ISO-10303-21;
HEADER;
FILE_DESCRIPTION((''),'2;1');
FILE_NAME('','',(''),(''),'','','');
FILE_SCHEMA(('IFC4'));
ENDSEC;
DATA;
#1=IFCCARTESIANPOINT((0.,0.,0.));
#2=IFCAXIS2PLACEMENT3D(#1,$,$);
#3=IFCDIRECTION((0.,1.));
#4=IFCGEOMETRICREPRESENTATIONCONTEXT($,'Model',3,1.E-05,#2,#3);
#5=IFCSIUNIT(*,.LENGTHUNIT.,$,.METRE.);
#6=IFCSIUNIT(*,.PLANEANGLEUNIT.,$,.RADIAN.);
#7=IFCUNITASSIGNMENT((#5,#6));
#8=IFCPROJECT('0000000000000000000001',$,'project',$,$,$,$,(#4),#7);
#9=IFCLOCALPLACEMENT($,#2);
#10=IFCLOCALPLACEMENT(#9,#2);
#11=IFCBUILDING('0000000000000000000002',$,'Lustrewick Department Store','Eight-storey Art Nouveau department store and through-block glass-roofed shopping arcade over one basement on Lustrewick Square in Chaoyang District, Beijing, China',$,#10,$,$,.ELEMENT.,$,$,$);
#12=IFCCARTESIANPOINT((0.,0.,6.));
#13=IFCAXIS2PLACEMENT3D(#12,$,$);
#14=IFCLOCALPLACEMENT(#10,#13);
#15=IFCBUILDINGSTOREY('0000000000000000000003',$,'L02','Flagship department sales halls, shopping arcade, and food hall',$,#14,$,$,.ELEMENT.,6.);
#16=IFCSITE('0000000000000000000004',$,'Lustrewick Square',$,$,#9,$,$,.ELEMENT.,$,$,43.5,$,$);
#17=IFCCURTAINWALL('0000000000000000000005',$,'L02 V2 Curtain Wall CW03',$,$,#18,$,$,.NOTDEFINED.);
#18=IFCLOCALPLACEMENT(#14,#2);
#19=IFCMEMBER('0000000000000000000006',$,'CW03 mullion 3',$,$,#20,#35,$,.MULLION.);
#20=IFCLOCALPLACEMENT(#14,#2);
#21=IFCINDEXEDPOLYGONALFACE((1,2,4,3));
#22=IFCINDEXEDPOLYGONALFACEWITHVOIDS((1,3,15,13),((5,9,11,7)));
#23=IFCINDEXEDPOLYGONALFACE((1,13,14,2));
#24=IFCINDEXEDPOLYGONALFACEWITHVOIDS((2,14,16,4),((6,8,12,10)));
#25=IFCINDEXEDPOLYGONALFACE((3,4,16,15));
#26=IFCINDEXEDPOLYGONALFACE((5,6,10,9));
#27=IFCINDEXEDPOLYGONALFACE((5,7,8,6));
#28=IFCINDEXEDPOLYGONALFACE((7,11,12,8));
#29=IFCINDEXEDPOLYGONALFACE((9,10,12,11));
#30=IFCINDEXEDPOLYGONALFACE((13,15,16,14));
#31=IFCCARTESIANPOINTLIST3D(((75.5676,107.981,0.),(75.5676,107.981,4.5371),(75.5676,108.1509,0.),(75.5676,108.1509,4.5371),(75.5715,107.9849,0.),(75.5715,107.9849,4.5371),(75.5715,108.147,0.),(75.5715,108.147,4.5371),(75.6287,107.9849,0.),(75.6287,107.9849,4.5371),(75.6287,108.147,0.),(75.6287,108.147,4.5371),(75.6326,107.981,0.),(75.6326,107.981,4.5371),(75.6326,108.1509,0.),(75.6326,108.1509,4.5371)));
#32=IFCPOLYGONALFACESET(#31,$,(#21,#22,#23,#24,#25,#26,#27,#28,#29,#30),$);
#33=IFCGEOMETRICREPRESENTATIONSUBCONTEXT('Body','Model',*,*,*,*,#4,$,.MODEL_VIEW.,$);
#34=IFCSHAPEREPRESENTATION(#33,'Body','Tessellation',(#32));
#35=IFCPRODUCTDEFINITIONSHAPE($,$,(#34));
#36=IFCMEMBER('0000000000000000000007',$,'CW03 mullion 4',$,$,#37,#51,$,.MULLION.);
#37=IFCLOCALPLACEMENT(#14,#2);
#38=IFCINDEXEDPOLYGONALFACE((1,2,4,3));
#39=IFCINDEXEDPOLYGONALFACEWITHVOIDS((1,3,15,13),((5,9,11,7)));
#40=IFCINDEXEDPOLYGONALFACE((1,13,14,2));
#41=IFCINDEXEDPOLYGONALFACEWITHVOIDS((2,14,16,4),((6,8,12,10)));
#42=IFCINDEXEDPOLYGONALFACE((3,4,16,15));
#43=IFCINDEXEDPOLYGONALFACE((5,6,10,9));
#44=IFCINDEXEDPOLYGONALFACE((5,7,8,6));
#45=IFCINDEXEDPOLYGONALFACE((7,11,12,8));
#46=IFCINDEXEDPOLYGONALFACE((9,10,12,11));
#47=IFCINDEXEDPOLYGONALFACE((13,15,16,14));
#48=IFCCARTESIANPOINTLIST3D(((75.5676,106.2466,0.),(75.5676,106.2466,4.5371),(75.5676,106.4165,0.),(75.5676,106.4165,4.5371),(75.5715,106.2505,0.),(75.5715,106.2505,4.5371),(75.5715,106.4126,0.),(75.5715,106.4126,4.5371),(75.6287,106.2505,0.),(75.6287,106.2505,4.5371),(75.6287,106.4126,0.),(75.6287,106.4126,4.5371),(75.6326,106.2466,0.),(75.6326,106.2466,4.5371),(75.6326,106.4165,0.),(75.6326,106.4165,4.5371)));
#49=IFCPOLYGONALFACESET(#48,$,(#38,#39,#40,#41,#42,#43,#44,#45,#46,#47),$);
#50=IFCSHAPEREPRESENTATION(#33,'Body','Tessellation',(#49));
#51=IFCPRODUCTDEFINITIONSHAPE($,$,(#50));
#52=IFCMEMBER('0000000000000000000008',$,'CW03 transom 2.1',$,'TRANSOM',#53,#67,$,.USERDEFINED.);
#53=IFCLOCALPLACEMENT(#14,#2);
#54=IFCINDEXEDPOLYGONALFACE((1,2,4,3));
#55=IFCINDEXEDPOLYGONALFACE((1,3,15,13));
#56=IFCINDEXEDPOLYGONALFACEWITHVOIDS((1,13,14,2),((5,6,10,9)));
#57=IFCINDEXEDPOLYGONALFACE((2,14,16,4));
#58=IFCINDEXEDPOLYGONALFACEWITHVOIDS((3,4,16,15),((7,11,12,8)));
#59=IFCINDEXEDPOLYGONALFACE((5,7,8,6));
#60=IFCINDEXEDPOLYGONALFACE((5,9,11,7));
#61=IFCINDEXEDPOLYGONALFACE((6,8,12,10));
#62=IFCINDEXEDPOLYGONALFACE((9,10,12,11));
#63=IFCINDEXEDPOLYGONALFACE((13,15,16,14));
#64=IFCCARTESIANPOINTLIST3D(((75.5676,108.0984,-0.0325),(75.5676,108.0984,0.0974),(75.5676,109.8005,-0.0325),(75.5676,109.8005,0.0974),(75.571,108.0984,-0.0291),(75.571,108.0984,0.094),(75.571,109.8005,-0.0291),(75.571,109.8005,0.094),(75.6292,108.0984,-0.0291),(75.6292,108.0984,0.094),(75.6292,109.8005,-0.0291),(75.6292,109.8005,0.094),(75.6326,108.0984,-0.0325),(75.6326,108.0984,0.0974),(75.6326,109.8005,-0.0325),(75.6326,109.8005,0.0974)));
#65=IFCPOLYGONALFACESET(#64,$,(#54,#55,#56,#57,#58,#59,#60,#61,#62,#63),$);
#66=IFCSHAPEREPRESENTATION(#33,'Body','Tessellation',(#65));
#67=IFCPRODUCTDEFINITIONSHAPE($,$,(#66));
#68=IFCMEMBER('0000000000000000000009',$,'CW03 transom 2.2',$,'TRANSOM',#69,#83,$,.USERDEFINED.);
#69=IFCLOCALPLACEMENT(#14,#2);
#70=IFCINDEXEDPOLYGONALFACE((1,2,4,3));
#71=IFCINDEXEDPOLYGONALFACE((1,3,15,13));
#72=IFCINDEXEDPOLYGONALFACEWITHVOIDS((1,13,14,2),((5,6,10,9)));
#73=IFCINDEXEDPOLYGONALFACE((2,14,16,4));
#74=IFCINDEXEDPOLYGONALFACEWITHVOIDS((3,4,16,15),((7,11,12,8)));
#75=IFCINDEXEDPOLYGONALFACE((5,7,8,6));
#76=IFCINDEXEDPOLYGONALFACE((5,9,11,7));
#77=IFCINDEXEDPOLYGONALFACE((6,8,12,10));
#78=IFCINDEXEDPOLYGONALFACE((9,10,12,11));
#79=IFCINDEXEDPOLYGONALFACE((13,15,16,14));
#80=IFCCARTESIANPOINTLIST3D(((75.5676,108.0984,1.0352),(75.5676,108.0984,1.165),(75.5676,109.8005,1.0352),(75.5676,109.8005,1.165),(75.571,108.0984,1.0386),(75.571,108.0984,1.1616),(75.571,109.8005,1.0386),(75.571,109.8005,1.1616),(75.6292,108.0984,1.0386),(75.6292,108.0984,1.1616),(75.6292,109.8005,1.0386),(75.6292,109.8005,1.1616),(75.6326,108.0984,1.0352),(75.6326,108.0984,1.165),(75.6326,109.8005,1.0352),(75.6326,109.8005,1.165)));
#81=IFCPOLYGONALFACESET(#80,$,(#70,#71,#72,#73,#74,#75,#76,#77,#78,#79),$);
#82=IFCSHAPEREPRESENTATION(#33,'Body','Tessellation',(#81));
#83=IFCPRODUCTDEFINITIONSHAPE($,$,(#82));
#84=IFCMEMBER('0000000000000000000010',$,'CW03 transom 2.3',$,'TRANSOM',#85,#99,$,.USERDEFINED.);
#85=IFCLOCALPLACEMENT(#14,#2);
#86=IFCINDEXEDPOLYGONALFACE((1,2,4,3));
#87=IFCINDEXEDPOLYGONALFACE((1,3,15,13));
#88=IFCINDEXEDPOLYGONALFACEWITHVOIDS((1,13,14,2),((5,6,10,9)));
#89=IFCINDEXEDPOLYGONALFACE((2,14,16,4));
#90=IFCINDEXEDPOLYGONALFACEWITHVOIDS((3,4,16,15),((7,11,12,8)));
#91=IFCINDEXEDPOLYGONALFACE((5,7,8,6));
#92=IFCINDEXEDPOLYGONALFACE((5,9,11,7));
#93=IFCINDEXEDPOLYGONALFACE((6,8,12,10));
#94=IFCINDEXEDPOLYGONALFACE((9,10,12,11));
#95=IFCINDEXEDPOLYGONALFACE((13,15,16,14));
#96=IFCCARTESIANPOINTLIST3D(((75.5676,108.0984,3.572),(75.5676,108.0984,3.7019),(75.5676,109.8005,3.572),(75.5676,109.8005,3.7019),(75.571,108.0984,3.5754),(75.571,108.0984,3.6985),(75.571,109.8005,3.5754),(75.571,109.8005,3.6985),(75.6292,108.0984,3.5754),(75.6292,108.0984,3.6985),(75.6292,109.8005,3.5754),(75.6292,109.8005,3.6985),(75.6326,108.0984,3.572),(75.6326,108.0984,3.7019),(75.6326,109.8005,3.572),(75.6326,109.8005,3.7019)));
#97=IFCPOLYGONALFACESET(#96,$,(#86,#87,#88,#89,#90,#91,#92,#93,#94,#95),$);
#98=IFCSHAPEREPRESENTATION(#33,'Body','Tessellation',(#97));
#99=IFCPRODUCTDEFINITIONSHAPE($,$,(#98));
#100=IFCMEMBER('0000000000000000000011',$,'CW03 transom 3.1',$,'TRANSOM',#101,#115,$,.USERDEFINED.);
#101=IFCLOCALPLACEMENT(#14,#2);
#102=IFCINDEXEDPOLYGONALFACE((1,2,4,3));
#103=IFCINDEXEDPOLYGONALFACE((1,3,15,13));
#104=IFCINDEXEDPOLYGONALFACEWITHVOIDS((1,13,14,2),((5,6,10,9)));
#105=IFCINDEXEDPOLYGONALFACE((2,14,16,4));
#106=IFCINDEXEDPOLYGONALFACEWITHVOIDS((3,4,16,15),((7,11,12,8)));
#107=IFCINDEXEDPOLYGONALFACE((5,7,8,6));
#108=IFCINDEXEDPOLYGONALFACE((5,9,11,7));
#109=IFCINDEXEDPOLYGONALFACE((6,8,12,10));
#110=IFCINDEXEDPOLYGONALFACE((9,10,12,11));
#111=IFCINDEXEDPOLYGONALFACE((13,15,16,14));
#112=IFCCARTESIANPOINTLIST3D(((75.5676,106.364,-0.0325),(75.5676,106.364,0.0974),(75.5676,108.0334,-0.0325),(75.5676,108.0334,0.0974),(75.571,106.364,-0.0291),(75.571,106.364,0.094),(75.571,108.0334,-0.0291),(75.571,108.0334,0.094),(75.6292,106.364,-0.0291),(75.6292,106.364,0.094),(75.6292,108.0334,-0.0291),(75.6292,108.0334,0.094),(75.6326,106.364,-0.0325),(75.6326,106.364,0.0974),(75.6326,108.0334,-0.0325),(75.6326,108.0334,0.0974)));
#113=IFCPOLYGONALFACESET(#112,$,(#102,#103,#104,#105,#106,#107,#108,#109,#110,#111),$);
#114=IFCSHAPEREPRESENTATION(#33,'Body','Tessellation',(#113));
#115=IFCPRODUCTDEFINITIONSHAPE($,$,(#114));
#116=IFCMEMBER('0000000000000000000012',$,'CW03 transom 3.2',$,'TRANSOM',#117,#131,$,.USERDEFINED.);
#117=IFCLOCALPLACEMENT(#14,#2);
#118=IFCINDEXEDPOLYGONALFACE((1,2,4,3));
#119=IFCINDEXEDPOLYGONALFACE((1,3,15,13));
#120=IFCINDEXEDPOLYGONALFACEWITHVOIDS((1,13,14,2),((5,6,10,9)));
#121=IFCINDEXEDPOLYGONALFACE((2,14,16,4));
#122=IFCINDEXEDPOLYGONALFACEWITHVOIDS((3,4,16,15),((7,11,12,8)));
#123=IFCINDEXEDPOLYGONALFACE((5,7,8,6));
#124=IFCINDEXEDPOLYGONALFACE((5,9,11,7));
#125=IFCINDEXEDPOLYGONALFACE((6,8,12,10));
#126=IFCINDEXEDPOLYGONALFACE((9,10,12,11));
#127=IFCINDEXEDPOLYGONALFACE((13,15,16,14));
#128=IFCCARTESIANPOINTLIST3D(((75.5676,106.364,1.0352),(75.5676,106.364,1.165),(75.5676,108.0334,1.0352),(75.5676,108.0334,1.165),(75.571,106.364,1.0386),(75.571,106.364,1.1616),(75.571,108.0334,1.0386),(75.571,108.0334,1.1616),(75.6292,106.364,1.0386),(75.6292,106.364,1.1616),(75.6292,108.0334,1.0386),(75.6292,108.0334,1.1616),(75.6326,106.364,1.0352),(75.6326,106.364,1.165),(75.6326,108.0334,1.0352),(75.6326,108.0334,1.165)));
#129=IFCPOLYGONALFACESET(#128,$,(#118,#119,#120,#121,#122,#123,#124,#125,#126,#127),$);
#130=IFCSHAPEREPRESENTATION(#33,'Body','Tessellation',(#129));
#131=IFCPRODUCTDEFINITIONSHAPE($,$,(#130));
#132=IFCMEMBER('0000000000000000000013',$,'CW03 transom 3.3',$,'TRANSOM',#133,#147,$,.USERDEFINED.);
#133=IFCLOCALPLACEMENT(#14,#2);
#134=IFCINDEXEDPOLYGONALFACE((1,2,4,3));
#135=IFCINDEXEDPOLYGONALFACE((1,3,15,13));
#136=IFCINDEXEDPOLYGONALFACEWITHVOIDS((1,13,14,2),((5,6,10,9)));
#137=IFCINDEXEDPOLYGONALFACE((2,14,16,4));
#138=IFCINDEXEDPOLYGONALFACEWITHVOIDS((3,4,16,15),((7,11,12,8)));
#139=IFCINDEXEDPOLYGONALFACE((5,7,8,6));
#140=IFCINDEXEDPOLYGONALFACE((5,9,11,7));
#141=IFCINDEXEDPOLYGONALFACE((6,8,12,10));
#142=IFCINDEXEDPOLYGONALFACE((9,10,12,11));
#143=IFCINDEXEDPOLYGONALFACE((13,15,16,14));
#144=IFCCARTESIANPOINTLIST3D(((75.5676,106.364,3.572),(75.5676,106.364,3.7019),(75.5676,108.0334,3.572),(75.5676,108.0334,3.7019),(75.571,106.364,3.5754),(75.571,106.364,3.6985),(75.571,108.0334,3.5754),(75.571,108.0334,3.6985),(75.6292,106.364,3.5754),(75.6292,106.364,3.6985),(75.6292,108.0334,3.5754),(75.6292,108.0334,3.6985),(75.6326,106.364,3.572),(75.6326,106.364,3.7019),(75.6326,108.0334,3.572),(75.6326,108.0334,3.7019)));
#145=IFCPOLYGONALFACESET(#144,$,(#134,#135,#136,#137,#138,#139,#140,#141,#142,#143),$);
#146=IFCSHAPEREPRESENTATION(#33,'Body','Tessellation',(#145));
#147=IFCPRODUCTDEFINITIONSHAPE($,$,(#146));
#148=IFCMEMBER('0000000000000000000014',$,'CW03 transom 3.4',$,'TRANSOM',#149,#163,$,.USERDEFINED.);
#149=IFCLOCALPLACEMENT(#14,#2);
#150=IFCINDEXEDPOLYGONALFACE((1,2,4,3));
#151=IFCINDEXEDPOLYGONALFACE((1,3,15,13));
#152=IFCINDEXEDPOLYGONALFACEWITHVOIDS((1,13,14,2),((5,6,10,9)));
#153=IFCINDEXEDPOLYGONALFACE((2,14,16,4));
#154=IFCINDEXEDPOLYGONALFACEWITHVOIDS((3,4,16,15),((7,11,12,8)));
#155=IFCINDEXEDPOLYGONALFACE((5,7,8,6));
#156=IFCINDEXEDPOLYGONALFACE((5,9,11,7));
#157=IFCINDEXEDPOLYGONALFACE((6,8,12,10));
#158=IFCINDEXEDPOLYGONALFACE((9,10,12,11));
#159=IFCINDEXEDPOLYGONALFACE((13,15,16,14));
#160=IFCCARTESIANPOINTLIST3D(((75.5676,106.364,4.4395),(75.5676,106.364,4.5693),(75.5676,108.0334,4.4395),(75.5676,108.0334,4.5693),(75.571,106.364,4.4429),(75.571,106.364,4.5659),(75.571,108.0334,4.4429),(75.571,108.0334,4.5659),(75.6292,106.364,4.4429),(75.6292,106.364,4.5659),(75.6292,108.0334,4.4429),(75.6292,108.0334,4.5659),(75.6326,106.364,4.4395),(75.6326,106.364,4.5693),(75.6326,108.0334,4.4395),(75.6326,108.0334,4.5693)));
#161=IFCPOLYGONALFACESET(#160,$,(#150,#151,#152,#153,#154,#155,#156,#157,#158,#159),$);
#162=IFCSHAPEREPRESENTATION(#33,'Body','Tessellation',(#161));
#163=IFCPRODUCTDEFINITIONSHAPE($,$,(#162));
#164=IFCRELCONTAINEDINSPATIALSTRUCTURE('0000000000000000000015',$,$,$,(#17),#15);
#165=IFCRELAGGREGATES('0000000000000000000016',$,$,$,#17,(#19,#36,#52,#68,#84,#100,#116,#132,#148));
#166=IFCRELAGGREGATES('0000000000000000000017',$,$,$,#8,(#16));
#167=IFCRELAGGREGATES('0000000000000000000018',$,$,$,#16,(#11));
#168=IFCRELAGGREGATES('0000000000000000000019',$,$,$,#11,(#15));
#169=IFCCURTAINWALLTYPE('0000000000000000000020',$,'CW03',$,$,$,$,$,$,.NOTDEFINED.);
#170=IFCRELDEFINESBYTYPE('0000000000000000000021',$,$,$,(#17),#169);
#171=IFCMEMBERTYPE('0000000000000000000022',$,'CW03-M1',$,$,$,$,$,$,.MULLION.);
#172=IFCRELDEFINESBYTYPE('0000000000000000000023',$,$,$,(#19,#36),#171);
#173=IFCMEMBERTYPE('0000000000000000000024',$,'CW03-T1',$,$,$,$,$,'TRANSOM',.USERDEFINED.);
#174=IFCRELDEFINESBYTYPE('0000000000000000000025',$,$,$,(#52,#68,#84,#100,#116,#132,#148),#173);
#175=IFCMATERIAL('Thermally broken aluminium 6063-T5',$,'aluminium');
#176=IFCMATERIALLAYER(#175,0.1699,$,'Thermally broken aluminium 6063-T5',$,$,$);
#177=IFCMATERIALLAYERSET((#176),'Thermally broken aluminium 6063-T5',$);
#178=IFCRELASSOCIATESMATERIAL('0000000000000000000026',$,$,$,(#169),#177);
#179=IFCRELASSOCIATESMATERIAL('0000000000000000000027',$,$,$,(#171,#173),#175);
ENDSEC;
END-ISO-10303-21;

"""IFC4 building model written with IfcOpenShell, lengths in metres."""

from ifc_helpers import new_model, si_unit, direction, frame, origin, origin_2d, place, context, subcontext, project, spatial, hollow_rectangle, extrude, material, layer, layer_set, material_profile, profile_set, type_object, element, aggregate, save


model = new_model("IFC4")

# Units and contexts
model_context = context("Model", 3, precision=1e-05, world=origin(), true_north=direction((0.0, 1.0)))
body_context = subcontext(model_context, "Body", "Model", "MODEL_VIEW")
ifc_project = project(units=[si_unit("LENGTHUNIT", "METRE"), si_unit("PLANEANGLEUNIT", "RADIAN")], contexts=[model_context])

# Site, building, storey
site_placement = place(None, origin())
site = spatial("IfcSite", under=ifc_project, at=site_placement, Name="Lustrewick Square", CompositionType="ELEMENT", RefElevation=43.5)
building_placement = place(site_placement, origin())
building = spatial("IfcBuilding", under=site, at=building_placement, Name="Lustrewick Department Store", Description="Eight-storey Art Nouveau department store and through-block glass-roofed shopping arcade over one basement on Lustrewick Square in Chaoyang District, Beijing, China", CompositionType="ELEMENT")
storey_placement = place(building_placement, frame((0.0, 0.0, 6.0)))
storey = spatial("IfcBuildingStorey", under=building, at=storey_placement, Name="L02", Description="Flagship department sales halls, shopping arcade, and food hall", CompositionType="ELEMENT", Elevation=6.0)

# Curtain wall, members
ifc_material_1 = material(Name="Thermally broken aluminium 6063-T5", Category="aluminium")
ifc_layer_1 = layer(ifc_material_1, 0.1699, Name="Thermally broken aluminium 6063-T5")
ifc_layer_set_1 = layer_set([ifc_layer_1], Name="Thermally broken aluminium 6063-T5")
curtain_wall_type = type_object("IfcCurtainWallType", Name="CW03", PredefinedType="NOTDEFINED", material=ifc_layer_set_1)
curtain_wall_placement = place(storey_placement, origin())
curtain_wall = element("IfcCurtainWall", 1, at=curtain_wall_placement, inside=storey, type_object=curtain_wall_type, Name="L02 V2 Curtain Wall CW03", PredefinedType="NOTDEFINED")
ifc_material_profile_1 = material_profile(ifc_material_1, hollow_rectangle(XDim=0.0649, YDim=0.1699, WallThickness=0.0039, at=origin_2d()), Name="ALU-M 65x170x4")
ifc_profile_set_1 = profile_set([ifc_material_profile_1], Name="Thermally broken aluminium 6063-T5")
member_type_1 = type_object("IfcMemberType", Name="CW03-M1", PredefinedType="MULLION", material=ifc_profile_set_1)
member_1_placement = place(storey_placement, frame((75.6001, 108.0659, 0.0), z_axis=(0.0, 0.0, 1.0), x_axis=(1.0, 0.0, 0.0)))
member_1 = element("IfcMember", 2, at=member_1_placement, type_object=member_type_1, Name="CW03 mullion 3", PredefinedType="MULLION", context=body_context, shape_type="SweptSolid", body=[
    extrude(hollow_rectangle(XDim=0.0649, YDim=0.1699, WallThickness=0.0039, at=origin_2d()), origin(), (0.0, 0.0, 1.0), 4.5371),
])
member_2_placement = place(storey_placement, frame((75.6001, 106.3315, 0.0), z_axis=(0.0, 0.0, 1.0), x_axis=(1.0, 0.0, 0.0)))
member_2 = element("IfcMember", 3, at=member_2_placement, type_object=member_type_1, Name="CW03 mullion 4", PredefinedType="MULLION", context=body_context, shape_type="SweptSolid", body=[
    extrude(hollow_rectangle(XDim=0.0649, YDim=0.1699, WallThickness=0.0039, at=origin_2d()), origin(), (0.0, 0.0, 1.0), 4.5371),
])
ifc_material_profile_2 = material_profile(ifc_material_1, hollow_rectangle(XDim=0.0649, YDim=0.1299, WallThickness=0.0034, at=origin_2d()), Name="ALU-T 65x130x3.5")
ifc_profile_set_2 = profile_set([ifc_material_profile_2], Name="Thermally broken aluminium 6063-T5")
member_type_2 = type_object("IfcMemberType", Name="CW03-T1", ElementType="TRANSOM", PredefinedType="USERDEFINED", material=ifc_profile_set_2)
member_3_placement = place(storey_placement, frame((75.6001, 109.8005, 0.0325), z_axis=(0.0, -1.0, 0.0), x_axis=(1.0, 0.0, 0.0)))
member_3 = element("IfcMember", 4, at=member_3_placement, type_object=member_type_2, Name="CW03 transom 2.1", ObjectType="TRANSOM", PredefinedType="USERDEFINED", context=body_context, shape_type="SweptSolid", body=[
    extrude(hollow_rectangle(XDim=0.0649, YDim=0.1299, WallThickness=0.0034, at=origin_2d()), origin(), (0.0, 0.0, 1.0), 1.7021),
])
member_4_placement = place(storey_placement, frame((75.6001, 109.8005, 1.1001), z_axis=(0.0, -1.0, 0.0), x_axis=(1.0, 0.0, 0.0)))
member_4 = element("IfcMember", 5, at=member_4_placement, type_object=member_type_2, Name="CW03 transom 2.2", ObjectType="TRANSOM", PredefinedType="USERDEFINED", context=body_context, shape_type="SweptSolid", body=[
    extrude(hollow_rectangle(XDim=0.0649, YDim=0.1299, WallThickness=0.0034, at=origin_2d()), origin(), (0.0, 0.0, 1.0), 1.7021),
])
member_5_placement = place(storey_placement, frame((75.6001, 109.8005, 3.637), z_axis=(0.0, -1.0, 0.0), x_axis=(1.0, 0.0, 0.0)))
member_5 = element("IfcMember", 6, at=member_5_placement, type_object=member_type_2, Name="CW03 transom 2.3", ObjectType="TRANSOM", PredefinedType="USERDEFINED", context=body_context, shape_type="SweptSolid", body=[
    extrude(hollow_rectangle(XDim=0.0649, YDim=0.1299, WallThickness=0.0034, at=origin_2d()), origin(), (0.0, 0.0, 1.0), 1.7021),
])
member_6_placement = place(storey_placement, frame((75.6001, 108.0334, 0.0325), z_axis=(0.0, -1.0, 0.0), x_axis=(1.0, 0.0, 0.0)))
member_6 = element("IfcMember", 7, at=member_6_placement, type_object=member_type_2, Name="CW03 transom 3.1", ObjectType="TRANSOM", PredefinedType="USERDEFINED", context=body_context, shape_type="SweptSolid", body=[
    extrude(hollow_rectangle(XDim=0.0649, YDim=0.1299, WallThickness=0.0034, at=origin_2d()), origin(), (0.0, 0.0, 1.0), 1.6694),
])
member_7_placement = place(storey_placement, frame((75.6001, 108.0334, 1.1001), z_axis=(0.0, -1.0, 0.0), x_axis=(1.0, 0.0, 0.0)))
member_7 = element("IfcMember", 8, at=member_7_placement, type_object=member_type_2, Name="CW03 transom 3.2", ObjectType="TRANSOM", PredefinedType="USERDEFINED", context=body_context, shape_type="SweptSolid", body=[
    extrude(hollow_rectangle(XDim=0.0649, YDim=0.1299, WallThickness=0.0034, at=origin_2d()), origin(), (0.0, 0.0, 1.0), 1.6694),
])
member_8_placement = place(storey_placement, frame((75.6001, 108.0334, 3.637), z_axis=(0.0, -1.0, 0.0), x_axis=(1.0, 0.0, 0.0)))
member_8 = element("IfcMember", 9, at=member_8_placement, type_object=member_type_2, Name="CW03 transom 3.3", ObjectType="TRANSOM", PredefinedType="USERDEFINED", context=body_context, shape_type="SweptSolid", body=[
    extrude(hollow_rectangle(XDim=0.0649, YDim=0.1299, WallThickness=0.0034, at=origin_2d()), origin(), (0.0, 0.0, 1.0), 1.6694),
])
member_9_placement = place(storey_placement, frame((75.6001, 108.0334, 4.5044), z_axis=(0.0, -1.0, 0.0), x_axis=(1.0, 0.0, 0.0)))
member_9 = element("IfcMember", 10, at=member_9_placement, type_object=member_type_2, Name="CW03 transom 3.4", ObjectType="TRANSOM", PredefinedType="USERDEFINED", context=body_context, shape_type="SweptSolid", body=[
    extrude(hollow_rectangle(XDim=0.0649, YDim=0.1299, WallThickness=0.0034, at=origin_2d()), origin(), (0.0, 0.0, 1.0), 1.6694),
])

aggregate(curtain_wall, [member_1, member_2, member_3, member_4, member_5, member_6, member_7, member_8, member_9])

save(model, "model.ifc")
